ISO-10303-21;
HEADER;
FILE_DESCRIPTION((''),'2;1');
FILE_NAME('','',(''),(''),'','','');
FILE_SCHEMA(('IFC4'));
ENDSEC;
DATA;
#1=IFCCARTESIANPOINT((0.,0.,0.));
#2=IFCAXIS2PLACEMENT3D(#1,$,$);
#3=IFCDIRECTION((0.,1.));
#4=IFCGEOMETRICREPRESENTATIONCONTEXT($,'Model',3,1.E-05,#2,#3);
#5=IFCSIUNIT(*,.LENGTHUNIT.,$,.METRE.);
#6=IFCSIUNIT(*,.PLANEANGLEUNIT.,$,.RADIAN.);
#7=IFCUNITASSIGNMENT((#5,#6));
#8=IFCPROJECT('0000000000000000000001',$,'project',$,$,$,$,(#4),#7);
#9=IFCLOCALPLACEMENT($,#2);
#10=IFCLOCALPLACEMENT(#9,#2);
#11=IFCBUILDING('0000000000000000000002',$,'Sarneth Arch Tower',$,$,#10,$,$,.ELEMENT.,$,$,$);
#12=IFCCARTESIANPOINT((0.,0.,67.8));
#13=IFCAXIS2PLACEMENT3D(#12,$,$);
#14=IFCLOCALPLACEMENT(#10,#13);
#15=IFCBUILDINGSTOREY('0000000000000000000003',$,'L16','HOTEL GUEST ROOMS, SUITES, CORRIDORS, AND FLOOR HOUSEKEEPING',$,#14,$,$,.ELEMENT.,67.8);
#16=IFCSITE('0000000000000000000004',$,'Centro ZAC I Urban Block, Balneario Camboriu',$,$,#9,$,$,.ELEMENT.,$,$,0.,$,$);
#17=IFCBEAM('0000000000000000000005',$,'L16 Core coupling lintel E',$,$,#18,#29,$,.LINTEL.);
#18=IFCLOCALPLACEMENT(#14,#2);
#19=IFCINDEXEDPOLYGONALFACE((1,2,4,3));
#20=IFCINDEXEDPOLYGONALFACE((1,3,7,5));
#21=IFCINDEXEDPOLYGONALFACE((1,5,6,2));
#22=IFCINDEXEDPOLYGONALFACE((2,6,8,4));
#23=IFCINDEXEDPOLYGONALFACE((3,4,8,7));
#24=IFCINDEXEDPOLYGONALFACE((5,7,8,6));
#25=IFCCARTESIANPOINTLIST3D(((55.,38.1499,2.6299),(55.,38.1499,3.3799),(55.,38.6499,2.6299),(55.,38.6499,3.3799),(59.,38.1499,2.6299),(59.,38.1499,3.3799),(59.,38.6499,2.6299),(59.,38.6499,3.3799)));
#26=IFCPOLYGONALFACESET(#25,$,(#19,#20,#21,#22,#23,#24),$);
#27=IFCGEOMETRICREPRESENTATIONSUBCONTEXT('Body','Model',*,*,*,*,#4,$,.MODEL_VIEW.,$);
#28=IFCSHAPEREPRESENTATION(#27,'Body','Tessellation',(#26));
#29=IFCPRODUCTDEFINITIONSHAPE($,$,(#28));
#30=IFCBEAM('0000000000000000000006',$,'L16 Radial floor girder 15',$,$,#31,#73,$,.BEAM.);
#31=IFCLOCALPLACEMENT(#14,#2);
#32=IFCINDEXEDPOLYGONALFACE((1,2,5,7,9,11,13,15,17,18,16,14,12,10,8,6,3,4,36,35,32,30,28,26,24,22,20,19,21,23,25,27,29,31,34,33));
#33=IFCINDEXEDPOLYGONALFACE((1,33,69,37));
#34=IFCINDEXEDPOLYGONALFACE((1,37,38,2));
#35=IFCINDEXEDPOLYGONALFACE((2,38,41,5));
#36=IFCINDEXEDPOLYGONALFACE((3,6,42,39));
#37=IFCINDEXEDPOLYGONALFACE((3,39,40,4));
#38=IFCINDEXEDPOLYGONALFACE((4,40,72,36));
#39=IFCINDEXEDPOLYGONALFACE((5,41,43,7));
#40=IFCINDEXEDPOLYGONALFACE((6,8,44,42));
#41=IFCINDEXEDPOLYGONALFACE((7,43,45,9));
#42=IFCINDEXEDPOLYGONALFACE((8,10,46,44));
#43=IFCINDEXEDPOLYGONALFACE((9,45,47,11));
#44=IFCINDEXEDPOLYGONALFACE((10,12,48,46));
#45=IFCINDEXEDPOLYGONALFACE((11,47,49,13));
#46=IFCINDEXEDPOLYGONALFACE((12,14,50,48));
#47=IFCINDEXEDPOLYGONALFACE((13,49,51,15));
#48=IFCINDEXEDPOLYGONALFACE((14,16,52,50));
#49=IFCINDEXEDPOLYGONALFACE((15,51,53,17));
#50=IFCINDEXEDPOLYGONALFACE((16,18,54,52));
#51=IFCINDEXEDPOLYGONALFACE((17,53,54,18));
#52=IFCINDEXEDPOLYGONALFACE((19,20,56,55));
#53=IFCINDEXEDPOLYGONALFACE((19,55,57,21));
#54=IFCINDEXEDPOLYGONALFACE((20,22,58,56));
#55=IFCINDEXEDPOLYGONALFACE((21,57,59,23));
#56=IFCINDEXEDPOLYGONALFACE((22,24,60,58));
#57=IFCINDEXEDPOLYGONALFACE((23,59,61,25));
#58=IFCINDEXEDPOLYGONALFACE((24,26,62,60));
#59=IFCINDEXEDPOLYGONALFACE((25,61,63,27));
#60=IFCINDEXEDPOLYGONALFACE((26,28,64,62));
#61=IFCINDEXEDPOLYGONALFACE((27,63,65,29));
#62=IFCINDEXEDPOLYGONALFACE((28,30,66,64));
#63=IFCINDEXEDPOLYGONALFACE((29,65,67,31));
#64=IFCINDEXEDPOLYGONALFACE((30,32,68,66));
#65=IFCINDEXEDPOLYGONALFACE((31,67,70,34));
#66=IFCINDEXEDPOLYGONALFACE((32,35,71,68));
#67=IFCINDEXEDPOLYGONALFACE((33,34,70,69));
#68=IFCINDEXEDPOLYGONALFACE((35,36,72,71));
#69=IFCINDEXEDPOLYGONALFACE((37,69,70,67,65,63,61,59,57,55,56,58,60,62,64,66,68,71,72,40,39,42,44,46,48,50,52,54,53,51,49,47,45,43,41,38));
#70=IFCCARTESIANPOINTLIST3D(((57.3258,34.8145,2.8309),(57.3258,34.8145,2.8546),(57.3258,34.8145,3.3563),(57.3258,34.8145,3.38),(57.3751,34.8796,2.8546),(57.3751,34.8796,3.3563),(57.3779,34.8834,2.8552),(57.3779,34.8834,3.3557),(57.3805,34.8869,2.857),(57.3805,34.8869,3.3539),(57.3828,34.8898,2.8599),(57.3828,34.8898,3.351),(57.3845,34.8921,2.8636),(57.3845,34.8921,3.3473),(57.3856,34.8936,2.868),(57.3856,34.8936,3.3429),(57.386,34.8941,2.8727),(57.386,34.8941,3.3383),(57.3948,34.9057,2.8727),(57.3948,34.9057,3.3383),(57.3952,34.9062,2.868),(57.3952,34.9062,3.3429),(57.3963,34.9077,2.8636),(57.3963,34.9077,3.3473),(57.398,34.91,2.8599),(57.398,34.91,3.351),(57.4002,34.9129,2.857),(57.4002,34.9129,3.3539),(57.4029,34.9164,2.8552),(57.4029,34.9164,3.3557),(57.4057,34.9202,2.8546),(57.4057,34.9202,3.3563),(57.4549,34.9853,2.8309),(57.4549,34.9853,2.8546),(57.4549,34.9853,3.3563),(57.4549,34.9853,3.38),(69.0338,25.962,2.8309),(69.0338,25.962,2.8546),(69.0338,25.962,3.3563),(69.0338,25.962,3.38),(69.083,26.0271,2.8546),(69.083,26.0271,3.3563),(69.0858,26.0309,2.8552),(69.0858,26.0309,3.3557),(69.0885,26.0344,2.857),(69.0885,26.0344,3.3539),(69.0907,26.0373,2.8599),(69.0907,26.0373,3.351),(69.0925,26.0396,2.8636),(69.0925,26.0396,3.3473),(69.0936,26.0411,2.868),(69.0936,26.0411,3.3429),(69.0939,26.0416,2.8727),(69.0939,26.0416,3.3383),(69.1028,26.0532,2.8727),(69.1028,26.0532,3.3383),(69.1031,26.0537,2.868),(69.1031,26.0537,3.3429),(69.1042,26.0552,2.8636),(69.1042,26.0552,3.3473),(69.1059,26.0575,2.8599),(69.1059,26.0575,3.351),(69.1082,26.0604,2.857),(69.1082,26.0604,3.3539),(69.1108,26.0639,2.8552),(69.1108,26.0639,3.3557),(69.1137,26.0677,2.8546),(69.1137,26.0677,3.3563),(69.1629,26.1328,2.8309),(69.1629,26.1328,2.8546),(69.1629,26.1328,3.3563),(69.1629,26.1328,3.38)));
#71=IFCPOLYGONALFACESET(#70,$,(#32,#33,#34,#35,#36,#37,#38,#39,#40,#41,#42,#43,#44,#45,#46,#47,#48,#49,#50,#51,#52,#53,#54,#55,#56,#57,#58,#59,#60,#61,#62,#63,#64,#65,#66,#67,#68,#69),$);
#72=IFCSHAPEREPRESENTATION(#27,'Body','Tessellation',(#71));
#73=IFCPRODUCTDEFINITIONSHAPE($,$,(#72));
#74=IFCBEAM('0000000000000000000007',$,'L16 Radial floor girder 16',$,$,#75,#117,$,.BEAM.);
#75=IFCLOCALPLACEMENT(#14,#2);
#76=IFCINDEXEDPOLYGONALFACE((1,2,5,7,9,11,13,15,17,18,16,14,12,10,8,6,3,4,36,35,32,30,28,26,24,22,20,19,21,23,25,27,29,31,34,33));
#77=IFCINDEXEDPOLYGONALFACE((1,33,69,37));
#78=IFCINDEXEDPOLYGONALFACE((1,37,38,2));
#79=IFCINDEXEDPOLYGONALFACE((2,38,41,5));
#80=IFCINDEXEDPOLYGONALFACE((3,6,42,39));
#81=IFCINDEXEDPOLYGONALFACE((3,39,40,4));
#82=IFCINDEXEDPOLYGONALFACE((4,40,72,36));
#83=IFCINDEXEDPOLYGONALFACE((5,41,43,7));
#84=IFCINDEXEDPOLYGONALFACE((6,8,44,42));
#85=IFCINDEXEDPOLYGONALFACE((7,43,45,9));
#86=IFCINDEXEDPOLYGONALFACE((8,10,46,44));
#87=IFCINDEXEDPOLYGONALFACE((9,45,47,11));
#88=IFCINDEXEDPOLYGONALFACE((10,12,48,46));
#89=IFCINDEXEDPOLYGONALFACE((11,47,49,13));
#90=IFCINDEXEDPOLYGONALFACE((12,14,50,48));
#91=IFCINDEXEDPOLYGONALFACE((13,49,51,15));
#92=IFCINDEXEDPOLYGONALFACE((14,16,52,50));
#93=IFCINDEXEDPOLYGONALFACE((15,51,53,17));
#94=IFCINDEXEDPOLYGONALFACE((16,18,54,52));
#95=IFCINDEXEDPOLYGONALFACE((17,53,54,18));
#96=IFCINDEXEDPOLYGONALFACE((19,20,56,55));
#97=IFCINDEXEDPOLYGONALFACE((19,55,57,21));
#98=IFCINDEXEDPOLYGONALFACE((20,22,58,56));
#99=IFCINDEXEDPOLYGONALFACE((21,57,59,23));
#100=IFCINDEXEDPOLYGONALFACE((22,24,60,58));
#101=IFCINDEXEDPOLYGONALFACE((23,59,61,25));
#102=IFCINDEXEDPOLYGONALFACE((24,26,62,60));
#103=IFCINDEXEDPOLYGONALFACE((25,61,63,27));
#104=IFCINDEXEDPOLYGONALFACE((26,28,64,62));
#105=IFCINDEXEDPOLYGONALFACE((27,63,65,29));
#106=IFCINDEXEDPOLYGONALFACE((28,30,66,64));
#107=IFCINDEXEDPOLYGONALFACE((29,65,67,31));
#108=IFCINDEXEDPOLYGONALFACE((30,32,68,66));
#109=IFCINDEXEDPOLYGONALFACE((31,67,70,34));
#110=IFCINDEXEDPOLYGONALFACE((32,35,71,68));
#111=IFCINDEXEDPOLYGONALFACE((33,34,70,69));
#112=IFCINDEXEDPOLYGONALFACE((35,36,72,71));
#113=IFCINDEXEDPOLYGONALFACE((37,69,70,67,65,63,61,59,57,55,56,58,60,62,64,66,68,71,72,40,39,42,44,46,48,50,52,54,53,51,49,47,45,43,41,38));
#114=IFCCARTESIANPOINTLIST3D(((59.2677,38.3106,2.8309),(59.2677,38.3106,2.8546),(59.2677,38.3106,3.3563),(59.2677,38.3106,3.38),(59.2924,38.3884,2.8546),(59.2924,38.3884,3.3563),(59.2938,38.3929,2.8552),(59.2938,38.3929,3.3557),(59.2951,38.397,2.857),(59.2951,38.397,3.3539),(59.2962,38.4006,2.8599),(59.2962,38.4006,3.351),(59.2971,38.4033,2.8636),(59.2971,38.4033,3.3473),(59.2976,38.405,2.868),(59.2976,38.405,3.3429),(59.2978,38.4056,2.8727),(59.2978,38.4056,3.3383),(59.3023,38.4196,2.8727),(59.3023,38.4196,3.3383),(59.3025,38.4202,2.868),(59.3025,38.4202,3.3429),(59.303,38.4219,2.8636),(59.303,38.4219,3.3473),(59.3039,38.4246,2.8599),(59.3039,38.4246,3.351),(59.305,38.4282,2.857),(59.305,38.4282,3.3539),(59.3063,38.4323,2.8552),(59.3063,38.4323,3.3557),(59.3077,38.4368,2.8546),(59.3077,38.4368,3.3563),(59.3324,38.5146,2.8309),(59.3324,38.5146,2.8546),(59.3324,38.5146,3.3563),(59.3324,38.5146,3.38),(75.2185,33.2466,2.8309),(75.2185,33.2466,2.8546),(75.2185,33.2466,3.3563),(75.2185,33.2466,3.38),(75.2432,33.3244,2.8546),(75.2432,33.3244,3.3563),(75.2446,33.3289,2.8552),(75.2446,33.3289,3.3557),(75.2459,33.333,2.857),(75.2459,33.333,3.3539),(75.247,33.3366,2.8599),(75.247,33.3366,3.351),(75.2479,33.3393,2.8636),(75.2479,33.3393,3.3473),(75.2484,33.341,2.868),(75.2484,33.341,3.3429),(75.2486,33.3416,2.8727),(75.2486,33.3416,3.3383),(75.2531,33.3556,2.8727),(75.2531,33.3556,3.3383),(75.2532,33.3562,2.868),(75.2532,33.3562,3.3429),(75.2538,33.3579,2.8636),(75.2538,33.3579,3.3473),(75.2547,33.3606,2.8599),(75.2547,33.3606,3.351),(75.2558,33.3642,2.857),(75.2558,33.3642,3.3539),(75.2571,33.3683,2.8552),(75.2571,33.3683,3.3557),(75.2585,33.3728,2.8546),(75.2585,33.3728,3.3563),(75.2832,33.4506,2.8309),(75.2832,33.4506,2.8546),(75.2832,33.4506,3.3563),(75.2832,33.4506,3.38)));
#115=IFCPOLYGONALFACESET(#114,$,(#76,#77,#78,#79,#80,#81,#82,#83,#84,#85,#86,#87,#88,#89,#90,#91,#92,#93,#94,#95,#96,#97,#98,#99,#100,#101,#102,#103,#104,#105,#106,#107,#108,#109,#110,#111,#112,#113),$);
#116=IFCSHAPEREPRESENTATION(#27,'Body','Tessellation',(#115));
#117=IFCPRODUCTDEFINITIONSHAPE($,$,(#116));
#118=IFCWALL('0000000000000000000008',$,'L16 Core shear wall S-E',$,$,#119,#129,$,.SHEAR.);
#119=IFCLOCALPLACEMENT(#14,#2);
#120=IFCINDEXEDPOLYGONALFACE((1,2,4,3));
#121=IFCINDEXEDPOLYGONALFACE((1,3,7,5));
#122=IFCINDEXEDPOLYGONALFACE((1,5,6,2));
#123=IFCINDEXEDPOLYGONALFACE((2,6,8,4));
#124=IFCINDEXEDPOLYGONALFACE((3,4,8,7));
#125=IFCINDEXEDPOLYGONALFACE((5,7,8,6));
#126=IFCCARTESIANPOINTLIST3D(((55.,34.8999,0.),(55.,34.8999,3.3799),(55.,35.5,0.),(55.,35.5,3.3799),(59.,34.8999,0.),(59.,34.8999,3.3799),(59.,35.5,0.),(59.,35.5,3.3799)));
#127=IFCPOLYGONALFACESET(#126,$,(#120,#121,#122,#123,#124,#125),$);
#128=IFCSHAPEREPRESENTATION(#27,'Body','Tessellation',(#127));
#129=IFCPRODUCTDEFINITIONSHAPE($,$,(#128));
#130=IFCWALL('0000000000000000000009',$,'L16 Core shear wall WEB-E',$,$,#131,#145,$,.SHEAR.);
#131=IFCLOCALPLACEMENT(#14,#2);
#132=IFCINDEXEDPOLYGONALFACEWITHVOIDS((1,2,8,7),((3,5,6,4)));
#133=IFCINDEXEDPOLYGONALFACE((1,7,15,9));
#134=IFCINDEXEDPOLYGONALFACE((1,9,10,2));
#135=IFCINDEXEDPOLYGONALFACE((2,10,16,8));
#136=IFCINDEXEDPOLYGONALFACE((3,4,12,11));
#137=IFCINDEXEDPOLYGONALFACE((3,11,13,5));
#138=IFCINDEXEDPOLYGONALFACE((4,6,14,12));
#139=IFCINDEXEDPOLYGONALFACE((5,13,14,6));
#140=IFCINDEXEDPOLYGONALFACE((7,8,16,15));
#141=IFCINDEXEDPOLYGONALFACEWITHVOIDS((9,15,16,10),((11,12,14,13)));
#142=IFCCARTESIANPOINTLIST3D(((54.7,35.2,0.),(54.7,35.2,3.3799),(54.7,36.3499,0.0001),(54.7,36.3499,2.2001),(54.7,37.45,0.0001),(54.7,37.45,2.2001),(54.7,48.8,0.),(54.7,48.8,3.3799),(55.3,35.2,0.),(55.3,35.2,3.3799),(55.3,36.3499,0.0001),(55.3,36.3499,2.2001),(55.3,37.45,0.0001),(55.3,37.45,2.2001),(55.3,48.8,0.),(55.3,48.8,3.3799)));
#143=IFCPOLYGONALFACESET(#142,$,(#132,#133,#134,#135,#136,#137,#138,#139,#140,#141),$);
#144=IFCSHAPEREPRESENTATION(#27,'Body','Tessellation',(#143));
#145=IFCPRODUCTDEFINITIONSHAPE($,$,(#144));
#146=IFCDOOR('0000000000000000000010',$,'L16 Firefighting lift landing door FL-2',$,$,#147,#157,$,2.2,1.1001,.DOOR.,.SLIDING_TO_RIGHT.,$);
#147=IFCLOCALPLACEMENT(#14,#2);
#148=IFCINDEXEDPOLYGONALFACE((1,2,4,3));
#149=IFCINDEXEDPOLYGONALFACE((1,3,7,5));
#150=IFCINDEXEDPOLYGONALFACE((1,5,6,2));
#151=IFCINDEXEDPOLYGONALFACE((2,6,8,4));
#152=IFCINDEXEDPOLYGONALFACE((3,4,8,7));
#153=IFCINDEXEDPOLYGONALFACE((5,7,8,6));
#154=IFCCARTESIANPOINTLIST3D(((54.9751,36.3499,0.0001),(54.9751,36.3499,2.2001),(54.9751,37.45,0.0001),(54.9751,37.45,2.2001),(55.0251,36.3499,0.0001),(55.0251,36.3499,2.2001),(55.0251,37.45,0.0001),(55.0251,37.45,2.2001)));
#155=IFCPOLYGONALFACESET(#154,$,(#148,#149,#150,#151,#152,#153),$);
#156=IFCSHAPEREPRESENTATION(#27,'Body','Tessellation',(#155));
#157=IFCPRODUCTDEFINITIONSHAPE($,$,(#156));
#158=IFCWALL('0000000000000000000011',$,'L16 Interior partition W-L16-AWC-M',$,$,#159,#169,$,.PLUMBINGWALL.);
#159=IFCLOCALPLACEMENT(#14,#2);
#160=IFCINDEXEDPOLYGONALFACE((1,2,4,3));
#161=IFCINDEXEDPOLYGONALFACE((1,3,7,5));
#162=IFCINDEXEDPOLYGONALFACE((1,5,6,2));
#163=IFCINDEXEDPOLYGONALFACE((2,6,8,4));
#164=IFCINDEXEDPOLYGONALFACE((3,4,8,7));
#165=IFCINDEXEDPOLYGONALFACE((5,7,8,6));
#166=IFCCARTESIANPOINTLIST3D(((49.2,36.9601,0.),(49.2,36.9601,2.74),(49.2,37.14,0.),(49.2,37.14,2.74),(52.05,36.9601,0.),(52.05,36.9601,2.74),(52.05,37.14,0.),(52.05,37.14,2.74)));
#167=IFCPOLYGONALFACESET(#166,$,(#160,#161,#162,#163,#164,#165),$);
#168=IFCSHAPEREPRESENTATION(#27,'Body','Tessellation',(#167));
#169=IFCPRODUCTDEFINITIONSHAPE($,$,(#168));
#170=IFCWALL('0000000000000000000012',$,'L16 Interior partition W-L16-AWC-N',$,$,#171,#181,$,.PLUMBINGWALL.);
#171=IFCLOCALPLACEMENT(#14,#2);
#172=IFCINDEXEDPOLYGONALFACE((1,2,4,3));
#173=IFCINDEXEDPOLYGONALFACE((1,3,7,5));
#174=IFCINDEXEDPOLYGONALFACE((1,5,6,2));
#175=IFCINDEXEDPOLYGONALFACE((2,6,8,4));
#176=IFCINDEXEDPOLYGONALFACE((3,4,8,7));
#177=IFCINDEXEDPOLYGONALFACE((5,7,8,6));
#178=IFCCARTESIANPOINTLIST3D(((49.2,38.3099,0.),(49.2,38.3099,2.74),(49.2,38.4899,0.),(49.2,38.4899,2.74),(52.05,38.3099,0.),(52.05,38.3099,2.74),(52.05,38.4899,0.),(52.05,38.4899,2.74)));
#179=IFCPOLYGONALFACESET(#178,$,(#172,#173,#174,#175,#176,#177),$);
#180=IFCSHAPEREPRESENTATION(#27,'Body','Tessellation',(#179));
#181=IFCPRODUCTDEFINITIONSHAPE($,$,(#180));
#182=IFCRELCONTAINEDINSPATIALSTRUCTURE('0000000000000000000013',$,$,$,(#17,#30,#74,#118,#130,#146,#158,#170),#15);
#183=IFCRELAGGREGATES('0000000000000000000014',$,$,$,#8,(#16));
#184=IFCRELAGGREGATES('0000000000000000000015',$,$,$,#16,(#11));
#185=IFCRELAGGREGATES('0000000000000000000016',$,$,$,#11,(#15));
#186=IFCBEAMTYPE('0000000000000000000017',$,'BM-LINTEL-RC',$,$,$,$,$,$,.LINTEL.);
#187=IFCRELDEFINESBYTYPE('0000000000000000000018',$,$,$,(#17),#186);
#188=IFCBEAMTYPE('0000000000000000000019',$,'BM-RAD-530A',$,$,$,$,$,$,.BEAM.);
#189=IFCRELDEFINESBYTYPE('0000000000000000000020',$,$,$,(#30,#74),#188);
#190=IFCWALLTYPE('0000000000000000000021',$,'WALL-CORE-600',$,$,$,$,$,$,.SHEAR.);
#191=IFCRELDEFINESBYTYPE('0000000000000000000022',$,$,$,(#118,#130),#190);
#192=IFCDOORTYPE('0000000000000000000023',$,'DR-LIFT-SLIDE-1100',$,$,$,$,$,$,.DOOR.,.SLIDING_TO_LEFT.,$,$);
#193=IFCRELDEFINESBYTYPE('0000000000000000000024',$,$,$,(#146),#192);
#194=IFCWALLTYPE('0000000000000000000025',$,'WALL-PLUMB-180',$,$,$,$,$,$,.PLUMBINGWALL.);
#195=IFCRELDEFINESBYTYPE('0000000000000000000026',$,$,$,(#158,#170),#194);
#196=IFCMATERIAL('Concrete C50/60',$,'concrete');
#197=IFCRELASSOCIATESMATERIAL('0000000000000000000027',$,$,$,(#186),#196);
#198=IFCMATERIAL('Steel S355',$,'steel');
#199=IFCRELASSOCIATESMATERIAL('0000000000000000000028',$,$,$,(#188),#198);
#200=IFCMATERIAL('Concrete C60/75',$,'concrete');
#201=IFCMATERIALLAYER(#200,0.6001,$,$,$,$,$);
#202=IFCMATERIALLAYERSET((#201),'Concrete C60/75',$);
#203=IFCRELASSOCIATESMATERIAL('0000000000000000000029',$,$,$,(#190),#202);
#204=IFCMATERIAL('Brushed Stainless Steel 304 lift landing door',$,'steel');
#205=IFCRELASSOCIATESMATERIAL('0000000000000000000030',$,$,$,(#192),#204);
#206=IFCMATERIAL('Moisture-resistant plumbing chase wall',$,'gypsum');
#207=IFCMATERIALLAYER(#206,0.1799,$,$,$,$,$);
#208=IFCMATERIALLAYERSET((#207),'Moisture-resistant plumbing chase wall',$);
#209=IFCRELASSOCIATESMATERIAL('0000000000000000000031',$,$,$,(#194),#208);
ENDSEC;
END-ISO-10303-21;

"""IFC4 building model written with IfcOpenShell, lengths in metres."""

from ifc_helpers import new_model, si_unit, direction, frame, frame_2d, origin, origin_2d, place, context, subcontext, project, spatial, rectangle, i_section, extrude, material, layer, layer_set, material_profile, profile_set, type_object, element, fill, save


model = new_model("IFC4")

# Units and contexts
model_context = context("Model", 3, precision=1e-05, world=origin(), true_north=direction((0.0, 1.0)))
body_context = subcontext(model_context, "Body", "Model", "MODEL_VIEW")
ifc_project = project(units=[si_unit("LENGTHUNIT", "METRE"), si_unit("PLANEANGLEUNIT", "RADIAN")], contexts=[model_context])

# Site, building, storey
site_placement = place(None, origin())
site = spatial("IfcSite", under=ifc_project, at=site_placement, Name="Centro ZAC I Urban Block, Balneario Camboriu", CompositionType="ELEMENT", RefElevation=0.0)
building_placement = place(site_placement, origin())
building = spatial("IfcBuilding", under=site, at=building_placement, Name="Sarneth Arch Tower", CompositionType="ELEMENT")
storey_placement = place(building_placement, frame((0.0, 0.0, 67.8)))
storey = spatial("IfcBuildingStorey", under=building, at=storey_placement, Name="L16", Description="HOTEL GUEST ROOMS, SUITES, CORRIDORS, AND FLOOR HOUSEKEEPING", CompositionType="ELEMENT", Elevation=67.8)

# Beams
ifc_material_1 = material(Name="Concrete C50/60", Category="concrete")
ifc_material_profile_1 = material_profile(ifc_material_1, rectangle(XDim=0.5, YDim=0.75, at=origin_2d()), Name="RC-500x750")
ifc_profile_set_1 = profile_set([ifc_material_profile_1], Name="Concrete C50/60")
beam_type_1 = type_object("IfcBeamType", Name="BM-LINTEL-RC", PredefinedType="LINTEL", material=ifc_profile_set_1)
beam_1_placement = place(storey_placement, frame((55.0, 38.3999, 3.0049), z_axis=(1.0, 0.0, 0.0), x_axis=(0.0, 1.0, 0.0)))
element("IfcBeam", 1, at=beam_1_placement, inside=storey, type_object=beam_type_1, Name="L16 Core coupling lintel E", PredefinedType="LINTEL", context=body_context, shape_type="SweptSolid", body=[
    extrude(rectangle(XDim=0.5, YDim=0.75, at=origin_2d()), origin(), (0.0, 0.0, 1.0), 4.0),
])
ifc_material_2 = material(Name="Steel S355", Category="steel")
ifc_material_profile_2 = material_profile(ifc_material_2, i_section(OverallWidth=0.2141, OverallDepth=0.5491, WebThickness=0.0146, FlangeThickness=0.0237, FilletRadius=0.0181, at=origin_2d()), Name="W530x138")
ifc_profile_set_2 = profile_set([ifc_material_profile_2], Name="Steel S355")
beam_type_2 = type_object("IfcBeamType", Name="BM-RAD-530A", PredefinedType="BEAM", material=ifc_profile_set_2)
beam_2_placement = place(storey_placement, frame((57.3904, 34.8999, 3.1055), z_axis=(0.797655, -0.603114, 0.0), x_axis=(0.603114, 0.797655, 0.0)))
element("IfcBeam", 2, at=beam_2_placement, inside=storey, type_object=beam_type_2, Name="L16 Radial floor girder 15", PredefinedType="BEAM", context=body_context, shape_type="SweptSolid", body=[
    extrude(i_section(OverallWidth=0.2141, OverallDepth=0.5491, WebThickness=0.0146, FlangeThickness=0.0237, FilletRadius=0.0181, at=origin_2d()), origin(), (0.0, 0.0, 1.0), 14.678),
])
beam_3_placement = place(storey_placement, frame((59.3, 38.4126, 3.1055), z_axis=(0.95312, -0.302593, 0.0), x_axis=(0.302593, 0.95312, 0.0)))
element("IfcBeam", 3, at=beam_3_placement, inside=storey, type_object=beam_type_2, Name="L16 Radial floor girder 16", PredefinedType="BEAM", context=body_context, shape_type="SweptSolid", body=[
    extrude(i_section(OverallWidth=0.2141, OverallDepth=0.5491, WebThickness=0.0146, FlangeThickness=0.0237, FilletRadius=0.0181, at=origin_2d()), origin(), (0.0, 0.0, 1.0), 16.7354),
])

# Wall
ifc_material_3 = material(Name="Concrete C60/75", Category="concrete")
ifc_layer_1 = layer(ifc_material_3, 0.6001)
ifc_layer_set_1 = layer_set([ifc_layer_1], Name="Concrete C60/75")
wall_type_1 = type_object("IfcWallType", Name="WALL-CORE-600", PredefinedType="SHEAR", material=ifc_layer_set_1)
wall_1_placement = place(storey_placement, frame((55.0, 35.2, 0.0), z_axis=(0.0, 0.0, 1.0), x_axis=(1.0, 0.0, 0.0)))
element("IfcWall", 4, at=wall_1_placement, inside=storey, type_object=wall_type_1, Name="L16 Core shear wall S-E", PredefinedType="SHEAR", context=body_context, shape_type="SweptSolid", body=[
    extrude(rectangle(XDim=4.0, YDim=0.6001, at=frame_2d((2.0, 0.0))), origin(), (0.0, 0.0, 1.0), 3.3799),
])

# Wall, opening, door
wall_2_placement = place(storey_placement, frame((55.0, 35.2, 0.0), z_axis=(0.0, 0.0, 1.0), x_axis=(0.0, 1.0, 0.0)))
wall_2 = element("IfcWall", 5, at=wall_2_placement, inside=storey, type_object=wall_type_1, Name="L16 Core shear wall WEB-E", PredefinedType="SHEAR", context=body_context, shape_type="SweptSolid", body=[
    extrude(rectangle(XDim=13.6001, YDim=0.6001, at=frame_2d((6.8, 0.0))), origin(), (0.0, 0.0, 1.0), 3.3799),
])
opening_1_placement = place(wall_2_placement, frame((1.1499, 0.0, 0.0)))
opening_1 = element("IfcOpeningElement", 6, at=opening_1_placement, cuts=wall_2, PredefinedType="OPENING", context=body_context, shape_type="SweptSolid", body=[
    extrude(rectangle(XDim=1.1001, YDim=2.2, at=frame_2d((0.55, 1.1001))), frame((0.0, 0.3101, 0.0), z_axis=(0.0, -1.0, 0.0), x_axis=(1.0, 0.0, 0.0)), (0.0, 0.0, 1.0), 0.6201),
])
ifc_material_4 = material(Name="Brushed Stainless Steel 304 lift landing door", Category="steel")
door_type_1 = type_object("IfcDoorType", Name="DR-LIFT-SLIDE-1100", OperationType="SLIDING_TO_LEFT", PredefinedType="DOOR", material=ifc_material_4)
door_1_placement = place(opening_1_placement, origin())
door_1 = element("IfcDoor", 7, at=door_1_placement, inside=storey, type_object=door_type_1, Name="L16 Firefighting lift landing door FL-2", OperationType="SLIDING_TO_RIGHT", OverallHeight=2.2, OverallWidth=1.1001, PredefinedType="DOOR", context=body_context, shape_type="SweptSolid", body=[
    extrude(rectangle(XDim=1.1001, YDim=2.2, at=frame_2d((0.55, 1.1001))), frame((0.0, 0.0249, 0.0), z_axis=(0.0, -1.0, 0.0), x_axis=(1.0, 0.0, 0.0)), (0.0, 0.0, 1.0), 0.05),
])
fill(opening_1, door_1)

# Walls
ifc_material_5 = material(Name="Moisture-resistant plumbing chase wall", Category="gypsum")
ifc_layer_2 = layer(ifc_material_5, 0.1799)
ifc_layer_set_2 = layer_set([ifc_layer_2], Name="Moisture-resistant plumbing chase wall")
wall_type_2 = type_object("IfcWallType", Name="WALL-PLUMB-180", PredefinedType="PLUMBINGWALL", material=ifc_layer_set_2)
for number, where, z_axis, x_axis, name in (
    (8, (49.2, 37.05, 0.0), (0.0, 0.0, 1.0), (1.0, 0.0, 0.0), "L16 Interior partition W-L16-AWC-M"),
    (9, (49.2, 38.3999, 0.0), (0.0, 0.0, 1.0), (1.0, 0.0, 0.0), "L16 Interior partition W-L16-AWC-N"),
):
    element("IfcWall", number, at=place(storey_placement, frame(where, z_axis=z_axis, x_axis=x_axis)), inside=storey, type_object=wall_type_2, Name=name, PredefinedType="PLUMBINGWALL", context=body_context, shape_type="SweptSolid", body=[
        extrude(rectangle(XDim=2.8501, YDim=0.1799, at=frame_2d((1.425, 0.0))), origin(), (0.0, 0.0, 1.0), 2.74),
    ])

save(model, "model.ifc")
